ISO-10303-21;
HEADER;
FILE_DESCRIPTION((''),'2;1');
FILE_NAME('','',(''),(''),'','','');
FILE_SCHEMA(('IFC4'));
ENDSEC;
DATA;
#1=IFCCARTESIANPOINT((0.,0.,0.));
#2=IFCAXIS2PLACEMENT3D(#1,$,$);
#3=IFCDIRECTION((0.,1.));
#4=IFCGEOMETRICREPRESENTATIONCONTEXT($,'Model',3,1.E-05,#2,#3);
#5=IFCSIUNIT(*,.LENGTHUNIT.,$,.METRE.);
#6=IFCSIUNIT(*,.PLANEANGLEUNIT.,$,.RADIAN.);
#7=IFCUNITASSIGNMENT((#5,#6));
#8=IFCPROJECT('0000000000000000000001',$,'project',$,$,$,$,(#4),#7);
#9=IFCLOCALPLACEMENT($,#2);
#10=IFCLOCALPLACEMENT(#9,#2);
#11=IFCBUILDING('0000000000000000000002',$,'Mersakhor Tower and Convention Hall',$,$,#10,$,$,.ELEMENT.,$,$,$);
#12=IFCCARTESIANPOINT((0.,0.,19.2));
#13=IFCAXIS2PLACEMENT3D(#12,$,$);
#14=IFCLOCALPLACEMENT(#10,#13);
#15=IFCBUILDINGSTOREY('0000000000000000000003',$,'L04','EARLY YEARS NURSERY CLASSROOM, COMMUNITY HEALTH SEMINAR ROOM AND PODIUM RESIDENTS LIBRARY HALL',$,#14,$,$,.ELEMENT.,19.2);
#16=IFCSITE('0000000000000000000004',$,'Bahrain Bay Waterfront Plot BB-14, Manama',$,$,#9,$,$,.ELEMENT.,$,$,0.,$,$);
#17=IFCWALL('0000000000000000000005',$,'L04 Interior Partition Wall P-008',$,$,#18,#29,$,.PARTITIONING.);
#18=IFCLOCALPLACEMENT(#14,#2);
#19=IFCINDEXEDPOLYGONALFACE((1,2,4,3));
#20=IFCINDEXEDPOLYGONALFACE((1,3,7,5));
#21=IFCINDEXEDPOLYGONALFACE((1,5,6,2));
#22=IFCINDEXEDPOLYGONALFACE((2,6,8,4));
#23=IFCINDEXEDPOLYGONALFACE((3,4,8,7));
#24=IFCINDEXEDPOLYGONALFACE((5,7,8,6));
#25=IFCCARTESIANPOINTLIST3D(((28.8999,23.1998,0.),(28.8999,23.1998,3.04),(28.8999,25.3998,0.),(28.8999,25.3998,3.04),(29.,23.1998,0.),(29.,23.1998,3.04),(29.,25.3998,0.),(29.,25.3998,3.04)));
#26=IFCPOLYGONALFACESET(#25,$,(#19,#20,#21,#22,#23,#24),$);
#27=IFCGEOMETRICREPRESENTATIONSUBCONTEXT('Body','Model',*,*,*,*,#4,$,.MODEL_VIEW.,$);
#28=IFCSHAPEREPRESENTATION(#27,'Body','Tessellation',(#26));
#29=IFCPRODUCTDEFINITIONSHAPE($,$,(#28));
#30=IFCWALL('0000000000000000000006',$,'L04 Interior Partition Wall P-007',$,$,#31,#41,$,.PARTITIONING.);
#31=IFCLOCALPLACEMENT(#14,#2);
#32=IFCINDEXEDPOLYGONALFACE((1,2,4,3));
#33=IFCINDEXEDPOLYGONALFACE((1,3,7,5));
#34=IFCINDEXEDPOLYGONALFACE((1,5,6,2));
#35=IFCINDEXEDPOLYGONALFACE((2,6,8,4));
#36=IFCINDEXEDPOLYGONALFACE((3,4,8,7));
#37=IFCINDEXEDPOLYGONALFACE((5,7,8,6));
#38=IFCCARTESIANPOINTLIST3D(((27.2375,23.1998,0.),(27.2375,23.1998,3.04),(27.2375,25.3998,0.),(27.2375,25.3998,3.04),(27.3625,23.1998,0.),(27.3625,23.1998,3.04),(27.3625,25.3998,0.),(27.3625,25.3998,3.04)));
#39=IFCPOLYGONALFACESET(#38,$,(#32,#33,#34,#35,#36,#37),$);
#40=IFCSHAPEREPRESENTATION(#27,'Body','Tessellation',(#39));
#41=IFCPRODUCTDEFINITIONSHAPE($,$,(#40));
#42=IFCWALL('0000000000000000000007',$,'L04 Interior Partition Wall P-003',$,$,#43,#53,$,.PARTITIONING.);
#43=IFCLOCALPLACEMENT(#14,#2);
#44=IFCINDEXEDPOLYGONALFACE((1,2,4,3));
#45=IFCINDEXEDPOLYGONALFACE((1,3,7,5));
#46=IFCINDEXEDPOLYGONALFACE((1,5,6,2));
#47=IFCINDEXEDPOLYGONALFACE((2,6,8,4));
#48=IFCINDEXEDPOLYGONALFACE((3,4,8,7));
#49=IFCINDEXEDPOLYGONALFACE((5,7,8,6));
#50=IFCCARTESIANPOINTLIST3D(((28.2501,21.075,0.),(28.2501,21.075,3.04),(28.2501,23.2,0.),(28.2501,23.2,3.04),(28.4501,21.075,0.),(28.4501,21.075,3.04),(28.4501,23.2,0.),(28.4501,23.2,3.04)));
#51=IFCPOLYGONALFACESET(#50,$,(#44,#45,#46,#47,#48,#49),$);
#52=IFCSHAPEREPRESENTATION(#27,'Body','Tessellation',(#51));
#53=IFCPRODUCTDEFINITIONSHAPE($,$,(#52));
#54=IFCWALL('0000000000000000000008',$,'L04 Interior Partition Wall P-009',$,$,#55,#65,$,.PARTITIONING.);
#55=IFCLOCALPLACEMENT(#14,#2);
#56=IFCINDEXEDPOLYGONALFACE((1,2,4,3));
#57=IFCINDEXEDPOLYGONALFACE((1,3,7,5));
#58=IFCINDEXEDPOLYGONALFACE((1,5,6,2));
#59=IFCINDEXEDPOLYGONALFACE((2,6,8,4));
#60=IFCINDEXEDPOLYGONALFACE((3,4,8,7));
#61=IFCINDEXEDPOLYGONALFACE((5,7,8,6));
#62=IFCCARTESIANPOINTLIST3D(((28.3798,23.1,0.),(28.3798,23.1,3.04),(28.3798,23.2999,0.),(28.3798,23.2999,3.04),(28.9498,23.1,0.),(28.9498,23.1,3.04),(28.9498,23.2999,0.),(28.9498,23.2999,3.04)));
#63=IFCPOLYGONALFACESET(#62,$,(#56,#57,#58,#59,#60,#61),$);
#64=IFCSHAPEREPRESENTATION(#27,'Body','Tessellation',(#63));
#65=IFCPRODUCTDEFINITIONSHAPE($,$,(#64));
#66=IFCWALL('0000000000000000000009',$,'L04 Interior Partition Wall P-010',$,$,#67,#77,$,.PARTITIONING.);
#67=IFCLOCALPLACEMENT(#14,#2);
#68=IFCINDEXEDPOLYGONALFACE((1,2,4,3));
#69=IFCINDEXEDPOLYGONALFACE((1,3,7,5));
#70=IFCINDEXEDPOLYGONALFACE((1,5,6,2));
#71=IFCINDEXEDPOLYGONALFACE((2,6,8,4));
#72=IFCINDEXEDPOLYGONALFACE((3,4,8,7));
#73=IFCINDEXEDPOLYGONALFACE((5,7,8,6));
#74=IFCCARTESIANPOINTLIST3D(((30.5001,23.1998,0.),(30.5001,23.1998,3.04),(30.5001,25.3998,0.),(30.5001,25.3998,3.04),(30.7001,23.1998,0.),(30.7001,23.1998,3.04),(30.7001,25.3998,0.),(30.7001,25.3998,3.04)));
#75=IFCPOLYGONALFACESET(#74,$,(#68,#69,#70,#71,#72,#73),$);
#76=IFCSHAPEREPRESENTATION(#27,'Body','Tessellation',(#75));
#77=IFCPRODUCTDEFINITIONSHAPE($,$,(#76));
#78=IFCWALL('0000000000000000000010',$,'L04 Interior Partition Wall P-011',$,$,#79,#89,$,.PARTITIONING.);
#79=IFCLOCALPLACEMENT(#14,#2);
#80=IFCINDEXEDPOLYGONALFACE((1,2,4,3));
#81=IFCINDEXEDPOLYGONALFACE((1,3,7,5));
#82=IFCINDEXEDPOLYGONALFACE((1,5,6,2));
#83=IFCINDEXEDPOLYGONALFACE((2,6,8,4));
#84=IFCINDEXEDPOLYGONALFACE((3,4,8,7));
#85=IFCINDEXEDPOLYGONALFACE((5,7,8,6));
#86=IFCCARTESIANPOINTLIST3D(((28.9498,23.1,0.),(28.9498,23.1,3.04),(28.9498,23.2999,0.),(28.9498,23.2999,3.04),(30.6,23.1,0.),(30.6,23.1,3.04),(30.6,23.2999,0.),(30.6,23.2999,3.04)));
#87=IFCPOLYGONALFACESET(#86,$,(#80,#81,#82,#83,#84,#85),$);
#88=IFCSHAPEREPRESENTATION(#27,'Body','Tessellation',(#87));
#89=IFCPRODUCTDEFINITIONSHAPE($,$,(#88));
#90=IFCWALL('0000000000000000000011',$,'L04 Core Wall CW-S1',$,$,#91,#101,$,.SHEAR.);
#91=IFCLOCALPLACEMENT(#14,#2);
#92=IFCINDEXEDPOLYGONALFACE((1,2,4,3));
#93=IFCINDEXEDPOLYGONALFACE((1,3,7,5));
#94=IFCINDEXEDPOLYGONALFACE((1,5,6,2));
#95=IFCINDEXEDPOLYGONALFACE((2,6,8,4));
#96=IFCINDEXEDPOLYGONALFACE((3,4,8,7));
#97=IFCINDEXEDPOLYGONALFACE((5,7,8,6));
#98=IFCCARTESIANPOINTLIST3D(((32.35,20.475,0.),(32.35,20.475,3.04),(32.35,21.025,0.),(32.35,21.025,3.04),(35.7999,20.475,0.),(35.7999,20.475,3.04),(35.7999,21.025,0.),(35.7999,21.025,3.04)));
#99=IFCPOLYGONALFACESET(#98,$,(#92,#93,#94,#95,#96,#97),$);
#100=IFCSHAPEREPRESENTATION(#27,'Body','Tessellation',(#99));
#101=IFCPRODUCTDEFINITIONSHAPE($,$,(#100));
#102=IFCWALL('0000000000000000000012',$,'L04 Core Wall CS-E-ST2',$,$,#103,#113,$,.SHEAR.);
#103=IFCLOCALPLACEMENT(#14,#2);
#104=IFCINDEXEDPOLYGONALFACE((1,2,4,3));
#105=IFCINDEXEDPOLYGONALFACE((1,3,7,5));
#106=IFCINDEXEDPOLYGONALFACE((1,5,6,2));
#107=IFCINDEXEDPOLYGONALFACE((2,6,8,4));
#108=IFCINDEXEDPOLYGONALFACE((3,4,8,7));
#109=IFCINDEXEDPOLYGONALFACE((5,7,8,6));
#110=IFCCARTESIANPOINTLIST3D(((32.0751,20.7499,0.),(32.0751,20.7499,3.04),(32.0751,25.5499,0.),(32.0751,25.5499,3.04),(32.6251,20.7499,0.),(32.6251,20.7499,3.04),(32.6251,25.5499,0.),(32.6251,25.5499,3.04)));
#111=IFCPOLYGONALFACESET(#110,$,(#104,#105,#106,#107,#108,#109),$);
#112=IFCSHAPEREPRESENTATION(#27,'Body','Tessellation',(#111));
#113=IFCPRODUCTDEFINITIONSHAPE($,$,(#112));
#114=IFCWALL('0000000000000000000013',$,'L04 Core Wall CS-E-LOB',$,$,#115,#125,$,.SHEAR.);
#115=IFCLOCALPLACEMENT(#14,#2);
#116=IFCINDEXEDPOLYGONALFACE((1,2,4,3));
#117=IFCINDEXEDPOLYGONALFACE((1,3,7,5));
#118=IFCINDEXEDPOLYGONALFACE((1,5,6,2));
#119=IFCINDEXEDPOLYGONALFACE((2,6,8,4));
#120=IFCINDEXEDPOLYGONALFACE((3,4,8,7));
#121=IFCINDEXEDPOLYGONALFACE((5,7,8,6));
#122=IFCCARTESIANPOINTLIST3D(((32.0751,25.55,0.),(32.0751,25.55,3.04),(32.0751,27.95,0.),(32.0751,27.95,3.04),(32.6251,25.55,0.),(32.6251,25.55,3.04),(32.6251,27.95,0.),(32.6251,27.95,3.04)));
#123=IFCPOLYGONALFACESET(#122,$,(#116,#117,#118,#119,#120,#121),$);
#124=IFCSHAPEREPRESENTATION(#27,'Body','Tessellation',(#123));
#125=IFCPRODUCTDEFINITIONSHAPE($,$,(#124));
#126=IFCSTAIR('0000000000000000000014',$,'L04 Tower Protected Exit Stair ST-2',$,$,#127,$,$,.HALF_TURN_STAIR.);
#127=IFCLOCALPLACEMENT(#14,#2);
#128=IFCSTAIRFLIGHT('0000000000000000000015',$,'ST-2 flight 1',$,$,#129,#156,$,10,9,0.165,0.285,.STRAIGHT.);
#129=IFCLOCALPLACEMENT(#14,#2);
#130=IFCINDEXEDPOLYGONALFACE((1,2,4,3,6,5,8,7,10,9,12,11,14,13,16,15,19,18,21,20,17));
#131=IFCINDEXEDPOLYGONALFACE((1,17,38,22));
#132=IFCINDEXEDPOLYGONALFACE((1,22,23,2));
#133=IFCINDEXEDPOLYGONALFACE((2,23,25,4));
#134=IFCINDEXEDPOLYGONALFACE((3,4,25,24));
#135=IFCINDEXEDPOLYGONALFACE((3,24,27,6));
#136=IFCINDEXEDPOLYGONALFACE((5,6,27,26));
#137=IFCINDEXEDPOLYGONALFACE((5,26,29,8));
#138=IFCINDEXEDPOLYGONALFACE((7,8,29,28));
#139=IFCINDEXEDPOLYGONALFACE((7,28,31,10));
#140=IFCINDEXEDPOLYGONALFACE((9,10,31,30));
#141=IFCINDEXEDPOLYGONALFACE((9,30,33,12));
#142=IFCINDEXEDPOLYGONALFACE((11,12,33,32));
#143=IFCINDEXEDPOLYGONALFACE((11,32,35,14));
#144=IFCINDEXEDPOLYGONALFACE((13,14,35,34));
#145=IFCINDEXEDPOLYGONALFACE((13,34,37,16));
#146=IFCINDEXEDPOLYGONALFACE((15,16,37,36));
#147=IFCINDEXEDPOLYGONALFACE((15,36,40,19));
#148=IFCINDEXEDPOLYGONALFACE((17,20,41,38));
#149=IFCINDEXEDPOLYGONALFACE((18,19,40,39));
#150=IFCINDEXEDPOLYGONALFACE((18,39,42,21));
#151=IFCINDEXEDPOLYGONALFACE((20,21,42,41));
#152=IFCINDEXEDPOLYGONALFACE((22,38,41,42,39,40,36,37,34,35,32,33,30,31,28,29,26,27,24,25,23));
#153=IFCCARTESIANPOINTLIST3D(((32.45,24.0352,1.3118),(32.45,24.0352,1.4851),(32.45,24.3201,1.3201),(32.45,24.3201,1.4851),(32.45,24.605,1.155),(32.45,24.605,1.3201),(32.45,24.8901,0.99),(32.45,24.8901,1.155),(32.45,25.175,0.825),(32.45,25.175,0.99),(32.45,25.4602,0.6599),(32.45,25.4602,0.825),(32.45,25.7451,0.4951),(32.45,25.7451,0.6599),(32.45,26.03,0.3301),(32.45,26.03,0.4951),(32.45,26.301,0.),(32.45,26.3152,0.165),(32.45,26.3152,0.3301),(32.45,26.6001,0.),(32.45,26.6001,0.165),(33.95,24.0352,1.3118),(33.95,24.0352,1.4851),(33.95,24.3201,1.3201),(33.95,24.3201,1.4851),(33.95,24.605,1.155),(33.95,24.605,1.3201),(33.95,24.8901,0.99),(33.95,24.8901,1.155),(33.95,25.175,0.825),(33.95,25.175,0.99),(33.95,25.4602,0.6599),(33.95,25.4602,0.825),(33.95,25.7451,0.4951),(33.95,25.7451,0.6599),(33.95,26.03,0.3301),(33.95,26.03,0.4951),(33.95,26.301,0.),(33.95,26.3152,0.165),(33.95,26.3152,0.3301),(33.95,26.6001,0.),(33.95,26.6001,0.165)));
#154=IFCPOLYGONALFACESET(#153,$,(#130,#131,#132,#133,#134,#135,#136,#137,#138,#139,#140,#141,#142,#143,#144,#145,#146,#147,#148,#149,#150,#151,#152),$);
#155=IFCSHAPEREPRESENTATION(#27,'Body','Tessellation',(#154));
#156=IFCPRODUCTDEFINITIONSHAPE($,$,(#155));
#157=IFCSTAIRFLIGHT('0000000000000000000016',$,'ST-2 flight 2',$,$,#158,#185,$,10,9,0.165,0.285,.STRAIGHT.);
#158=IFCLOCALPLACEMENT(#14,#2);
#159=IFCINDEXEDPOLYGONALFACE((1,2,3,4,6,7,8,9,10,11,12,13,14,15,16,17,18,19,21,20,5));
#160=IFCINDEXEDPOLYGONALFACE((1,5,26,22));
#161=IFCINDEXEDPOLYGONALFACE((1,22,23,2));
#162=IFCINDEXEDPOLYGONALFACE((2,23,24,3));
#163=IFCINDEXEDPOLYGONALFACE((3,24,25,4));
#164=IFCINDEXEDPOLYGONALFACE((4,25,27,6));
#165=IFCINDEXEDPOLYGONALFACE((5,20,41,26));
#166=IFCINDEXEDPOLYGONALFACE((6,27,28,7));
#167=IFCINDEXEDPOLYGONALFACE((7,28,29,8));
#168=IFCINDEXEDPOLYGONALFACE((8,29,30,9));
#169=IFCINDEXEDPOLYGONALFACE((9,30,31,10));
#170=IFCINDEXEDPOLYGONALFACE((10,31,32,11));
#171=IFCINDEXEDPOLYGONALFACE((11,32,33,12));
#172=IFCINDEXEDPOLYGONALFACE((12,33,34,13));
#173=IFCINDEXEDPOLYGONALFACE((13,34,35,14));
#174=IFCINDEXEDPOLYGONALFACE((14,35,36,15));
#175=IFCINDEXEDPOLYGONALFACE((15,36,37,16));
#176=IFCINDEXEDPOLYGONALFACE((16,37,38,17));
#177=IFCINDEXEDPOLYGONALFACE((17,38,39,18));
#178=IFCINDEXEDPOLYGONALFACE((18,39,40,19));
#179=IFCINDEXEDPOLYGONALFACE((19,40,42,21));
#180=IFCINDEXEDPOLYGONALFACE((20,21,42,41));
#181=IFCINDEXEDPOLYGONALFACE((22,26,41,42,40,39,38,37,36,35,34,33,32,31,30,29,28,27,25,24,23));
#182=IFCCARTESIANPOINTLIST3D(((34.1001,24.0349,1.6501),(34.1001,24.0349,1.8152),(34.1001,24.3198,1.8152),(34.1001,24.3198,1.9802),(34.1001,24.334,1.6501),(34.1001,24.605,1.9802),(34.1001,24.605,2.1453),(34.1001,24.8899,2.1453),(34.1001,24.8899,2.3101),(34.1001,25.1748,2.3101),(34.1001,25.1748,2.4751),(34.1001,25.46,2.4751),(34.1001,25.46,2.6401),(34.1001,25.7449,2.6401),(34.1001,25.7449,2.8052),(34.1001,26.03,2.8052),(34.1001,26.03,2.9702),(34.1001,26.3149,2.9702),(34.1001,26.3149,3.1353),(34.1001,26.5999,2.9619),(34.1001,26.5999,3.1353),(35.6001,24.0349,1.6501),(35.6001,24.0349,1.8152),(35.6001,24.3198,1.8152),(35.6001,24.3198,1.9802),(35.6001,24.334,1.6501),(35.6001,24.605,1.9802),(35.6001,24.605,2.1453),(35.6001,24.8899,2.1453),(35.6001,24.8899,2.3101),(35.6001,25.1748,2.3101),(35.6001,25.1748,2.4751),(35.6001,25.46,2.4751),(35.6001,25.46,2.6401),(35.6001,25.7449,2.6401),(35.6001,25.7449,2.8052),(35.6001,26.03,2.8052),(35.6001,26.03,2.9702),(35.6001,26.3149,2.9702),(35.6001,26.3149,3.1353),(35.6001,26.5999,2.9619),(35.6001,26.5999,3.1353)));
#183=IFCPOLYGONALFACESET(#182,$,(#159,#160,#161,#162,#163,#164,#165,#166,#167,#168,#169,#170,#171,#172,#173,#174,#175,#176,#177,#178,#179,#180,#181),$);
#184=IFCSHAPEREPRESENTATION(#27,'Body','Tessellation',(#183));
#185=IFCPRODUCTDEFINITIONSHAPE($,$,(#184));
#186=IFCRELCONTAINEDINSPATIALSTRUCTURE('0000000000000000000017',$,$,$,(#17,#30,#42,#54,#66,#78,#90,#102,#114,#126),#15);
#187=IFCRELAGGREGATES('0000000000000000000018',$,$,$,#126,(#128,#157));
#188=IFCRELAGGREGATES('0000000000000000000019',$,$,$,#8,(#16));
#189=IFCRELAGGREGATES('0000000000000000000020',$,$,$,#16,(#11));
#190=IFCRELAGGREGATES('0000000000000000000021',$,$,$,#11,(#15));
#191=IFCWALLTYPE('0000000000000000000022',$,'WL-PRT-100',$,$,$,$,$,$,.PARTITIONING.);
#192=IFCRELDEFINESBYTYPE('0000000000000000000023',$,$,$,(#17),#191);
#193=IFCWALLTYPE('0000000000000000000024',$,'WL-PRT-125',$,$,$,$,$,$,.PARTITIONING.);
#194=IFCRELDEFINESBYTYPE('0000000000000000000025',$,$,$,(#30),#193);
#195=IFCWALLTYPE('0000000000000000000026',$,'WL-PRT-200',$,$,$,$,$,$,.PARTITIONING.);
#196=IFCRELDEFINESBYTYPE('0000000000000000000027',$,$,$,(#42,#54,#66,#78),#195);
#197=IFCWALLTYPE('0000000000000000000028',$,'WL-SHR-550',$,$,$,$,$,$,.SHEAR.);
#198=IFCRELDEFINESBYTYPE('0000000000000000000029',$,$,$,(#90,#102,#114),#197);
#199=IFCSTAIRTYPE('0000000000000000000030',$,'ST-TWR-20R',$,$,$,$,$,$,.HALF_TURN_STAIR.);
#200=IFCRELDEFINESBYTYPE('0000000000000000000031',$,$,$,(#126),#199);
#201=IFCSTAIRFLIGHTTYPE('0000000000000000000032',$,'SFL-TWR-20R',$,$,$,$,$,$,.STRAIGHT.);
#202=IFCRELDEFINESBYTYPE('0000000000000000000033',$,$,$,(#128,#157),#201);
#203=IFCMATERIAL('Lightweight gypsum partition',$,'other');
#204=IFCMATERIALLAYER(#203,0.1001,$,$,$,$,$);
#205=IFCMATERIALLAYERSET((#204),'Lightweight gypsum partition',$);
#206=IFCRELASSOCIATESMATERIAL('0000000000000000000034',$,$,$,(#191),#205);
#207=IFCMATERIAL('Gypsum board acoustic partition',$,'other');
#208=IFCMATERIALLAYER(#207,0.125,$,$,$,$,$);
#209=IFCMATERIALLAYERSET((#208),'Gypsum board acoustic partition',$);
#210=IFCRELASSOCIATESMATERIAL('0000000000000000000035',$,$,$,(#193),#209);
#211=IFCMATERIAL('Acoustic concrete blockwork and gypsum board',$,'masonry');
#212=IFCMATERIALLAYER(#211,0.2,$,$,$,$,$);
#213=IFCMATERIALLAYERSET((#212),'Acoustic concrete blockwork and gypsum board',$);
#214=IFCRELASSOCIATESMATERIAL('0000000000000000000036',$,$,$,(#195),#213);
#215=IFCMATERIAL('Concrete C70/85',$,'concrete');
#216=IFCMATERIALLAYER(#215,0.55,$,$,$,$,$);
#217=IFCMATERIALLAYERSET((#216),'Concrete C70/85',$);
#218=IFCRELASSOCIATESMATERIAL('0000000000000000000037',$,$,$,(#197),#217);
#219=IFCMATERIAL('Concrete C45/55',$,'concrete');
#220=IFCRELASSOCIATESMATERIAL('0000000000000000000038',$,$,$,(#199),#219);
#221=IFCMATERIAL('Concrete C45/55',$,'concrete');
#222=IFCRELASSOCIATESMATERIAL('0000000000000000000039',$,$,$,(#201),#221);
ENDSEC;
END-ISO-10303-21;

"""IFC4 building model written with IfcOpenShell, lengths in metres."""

from ifc_helpers import new_model, si_unit, direction, frame, frame_2d, origin, place, context, subcontext, project, spatial, polyline, rectangle, outline, extrude, material, layer, layer_set, type_object, element, aggregate, save


model = new_model("IFC4")

# Units and contexts
model_context = context("Model", 3, precision=1e-05, world=origin(), true_north=direction((0.0, 1.0)))
body_context = subcontext(model_context, "Body", "Model", "MODEL_VIEW")
ifc_project = project(units=[si_unit("LENGTHUNIT", "METRE"), si_unit("PLANEANGLEUNIT", "RADIAN")], contexts=[model_context])

# Site, building, storey
site_placement = place(None, origin())
site = spatial("IfcSite", under=ifc_project, at=site_placement, Name="Bahrain Bay Waterfront Plot BB-14, Manama", CompositionType="ELEMENT", RefElevation=0.0)
building_placement = place(site_placement, origin())
building = spatial("IfcBuilding", under=site, at=building_placement, Name="Mersakhor Tower and Convention Hall", CompositionType="ELEMENT")
storey_placement = place(building_placement, frame((0.0, 0.0, 19.2)))
storey = spatial("IfcBuildingStorey", under=building, at=storey_placement, Name="L04", Description="EARLY YEARS NURSERY CLASSROOM, COMMUNITY HEALTH SEMINAR ROOM AND PODIUM RESIDENTS LIBRARY HALL", CompositionType="ELEMENT", Elevation=19.2)

# Walls
ifc_material_1 = material(Name="Lightweight gypsum partition", Category="other")
ifc_layer_1 = layer(ifc_material_1, 0.1001)
ifc_layer_set_1 = layer_set([ifc_layer_1], Name="Lightweight gypsum partition")
wall_type_1 = type_object("IfcWallType", Name="WL-PRT-100", PredefinedType="PARTITIONING", material=ifc_layer_set_1)
wall_1_placement = place(storey_placement, frame((28.95, 25.3999, 0.0), z_axis=(0.0, 0.0, 1.0), x_axis=(0.0, -1.0, 0.0)))
element("IfcWall", 1, at=wall_1_placement, inside=storey, type_object=wall_type_1, Name="L04 Interior Partition Wall P-008", PredefinedType="PARTITIONING", context=body_context, shape_type="SweptSolid", body=[
    extrude(rectangle(XDim=2.2, YDim=0.1001, at=frame_2d((1.1001, 0.0))), origin(), (0.0, 0.0, 1.0), 3.04),
])
ifc_material_2 = material(Name="Gypsum board acoustic partition", Category="other")
ifc_layer_2 = layer(ifc_material_2, 0.125)
ifc_layer_set_2 = layer_set([ifc_layer_2], Name="Gypsum board acoustic partition")
wall_type_2 = type_object("IfcWallType", Name="WL-PRT-125", PredefinedType="PARTITIONING", material=ifc_layer_set_2)
wall_2_placement = place(storey_placement, frame((27.3, 25.3999, 0.0), z_axis=(0.0, 0.0, 1.0), x_axis=(0.0, -1.0, 0.0)))
element("IfcWall", 2, at=wall_2_placement, inside=storey, type_object=wall_type_2, Name="L04 Interior Partition Wall P-007", PredefinedType="PARTITIONING", context=body_context, shape_type="SweptSolid", body=[
    extrude(rectangle(XDim=2.2, YDim=0.125, at=frame_2d((1.1001, 0.0))), origin(), (0.0, 0.0, 1.0), 3.04),
])

# Shared definitions
ifc_material_3 = material(Name="Acoustic concrete blockwork and gypsum board", Category="masonry")
ifc_layer_3 = layer(ifc_material_3, 0.2)
ifc_layer_set_3 = layer_set([ifc_layer_3], Name="Acoustic concrete blockwork and gypsum board")
wall_type_3 = type_object("IfcWallType", Name="WL-PRT-200", PredefinedType="PARTITIONING", material=ifc_layer_set_3)

# Walls
wall_3_placement = place(storey_placement, frame((28.3501, 23.2, 0.0), z_axis=(0.0, 0.0, 1.0), x_axis=(0.0, -1.0, 0.0)))
element("IfcWall", 3, at=wall_3_placement, inside=storey, type_object=wall_type_3, Name="L04 Interior Partition Wall P-003", PredefinedType="PARTITIONING", context=body_context, shape_type="SweptSolid", body=[
    extrude(rectangle(XDim=2.125, YDim=0.2, at=frame_2d((1.0625, 0.0))), origin(), (0.0, 0.0, 1.0), 3.04),
])
wall_4_placement = place(storey_placement, frame((28.95, 23.2, 0.0), z_axis=(0.0, 0.0, 1.0), x_axis=(-1.0, 0.0, 0.0)))
element("IfcWall", 4, at=wall_4_placement, inside=storey, type_object=wall_type_3, Name="L04 Interior Partition Wall P-009", PredefinedType="PARTITIONING", context=body_context, shape_type="SweptSolid", body=[
    extrude(rectangle(XDim=0.5701, YDim=0.2, at=frame_2d((0.2852, 0.0))), origin(), (0.0, 0.0, 1.0), 3.04),
])
wall_5_placement = place(storey_placement, frame((30.6001, 25.3999, 0.0), z_axis=(0.0, 0.0, 1.0), x_axis=(0.0, -1.0, 0.0)))
element("IfcWall", 5, at=wall_5_placement, inside=storey, type_object=wall_type_3, Name="L04 Interior Partition Wall P-010", PredefinedType="PARTITIONING", context=body_context, shape_type="SweptSolid", body=[
    extrude(rectangle(XDim=2.2, YDim=0.2, at=frame_2d((1.1001, 0.0))), origin(), (0.0, 0.0, 1.0), 3.04),
])
wall_6_placement = place(storey_placement, frame((30.6001, 23.2, 0.0), z_axis=(0.0, 0.0, 1.0), x_axis=(-1.0, 0.0, 0.0)))
element("IfcWall", 6, at=wall_6_placement, inside=storey, type_object=wall_type_3, Name="L04 Interior Partition Wall P-011", PredefinedType="PARTITIONING", context=body_context, shape_type="SweptSolid", body=[
    extrude(rectangle(XDim=1.6501, YDim=0.2, at=frame_2d((0.8252, 0.0))), origin(), (0.0, 0.0, 1.0), 3.04),
])
ifc_material_4 = material(Name="Concrete C70/85", Category="concrete")
ifc_layer_4 = layer(ifc_material_4, 0.55)
ifc_layer_set_4 = layer_set([ifc_layer_4], Name="Concrete C70/85")
wall_type_4 = type_object("IfcWallType", Name="WL-SHR-550", PredefinedType="SHEAR", material=ifc_layer_set_4)
wall_7_placement = place(storey_placement, frame((35.8, 20.75, 0.0), z_axis=(0.0, 0.0, 1.0), x_axis=(-1.0, 0.0, 0.0)))
element("IfcWall", 7, at=wall_7_placement, inside=storey, type_object=wall_type_4, Name="L04 Core Wall CW-S1", PredefinedType="SHEAR", context=body_context, shape_type="SweptSolid", body=[
    extrude(rectangle(XDim=3.45, YDim=0.55, at=frame_2d((1.7251, 0.0))), origin(), (0.0, 0.0, 1.0), 3.04),
])

# Walls
wall_8_placement = place(storey_placement, frame((32.3501, 20.75, 0.0), z_axis=(0.0, 0.0, 1.0), x_axis=(0.0, 1.0, 0.0)))
element("IfcWall", 8, at=wall_8_placement, inside=storey, type_object=wall_type_4, Name="L04 Core Wall CS-E-ST2", PredefinedType="SHEAR", context=body_context, shape_type="SweptSolid", body=[
    extrude(rectangle(XDim=4.8, YDim=0.55, at=frame_2d((2.3999, 0.0))), origin(), (0.0, 0.0, 1.0), 3.04),
])
wall_9_placement = place(storey_placement, frame((32.3501, 25.55, 0.0), z_axis=(0.0, 0.0, 1.0), x_axis=(0.0, 1.0, 0.0)))
element("IfcWall", 9, at=wall_9_placement, inside=storey, type_object=wall_type_4, Name="L04 Core Wall CS-E-LOB", PredefinedType="SHEAR", context=body_context, shape_type="SweptSolid", body=[
    extrude(rectangle(XDim=2.3999, YDim=0.55, at=frame_2d((1.2, 0.0))), origin(), (0.0, 0.0, 1.0), 3.04),
])

# Stair, stair flights
ifc_material_5 = material(Name="Concrete C45/55", Category="concrete")
stair_type = type_object("IfcStairType", Name="ST-TWR-20R", PredefinedType="HALF_TURN_STAIR", material=ifc_material_5)
stair_placement = place(storey_placement, origin())
stair = element("IfcStair", 10, at=stair_placement, inside=storey, type_object=stair_type, Name="L04 Tower Protected Exit Stair ST-2", PredefinedType="HALF_TURN_STAIR")
ifc_material_6 = material(Name="Concrete C45/55", Category="concrete")
stair_flight_type = type_object("IfcStairFlightType", Name="SFL-TWR-20R", PredefinedType="STRAIGHT", material=ifc_material_6)
stair_flight_1_placement = place(storey_placement, frame((33.2, 26.6001, 0.0), z_axis=(0.0, 0.0, 1.0), x_axis=(0.0, -1.0, 0.0)))
stair_flight_1 = element("IfcStairFlight", 11, at=stair_flight_1_placement, type_object=stair_flight_type, Name="ST-2 flight 1", NumberOfRisers=10, NumberOfTreads=9, PredefinedType="STRAIGHT", RiserHeight=0.165, TreadLength=0.285, context=body_context, shape_type="SweptSolid", body=[
    extrude(outline(polyline([(0.0, 0.0), (0.0, 0.165), (0.2849, 0.165), (0.2849, 0.3301), (0.5701, 0.3301), (0.5701, 0.4951), (0.855, 0.4951), (0.855, 0.6599), (1.1399, 0.6599), (1.1399, 0.825), (1.425, 0.825), (1.425, 0.99), (1.71, 0.99), (1.71, 1.155), (1.9951, 1.155), (1.9951, 1.3201), (2.28, 1.3201), (2.28, 1.4851), (2.5649, 1.4851), (2.5649, 1.6499), (2.5649, 1.3118), (0.2991, 0.0), (0.0, 0.0)])), frame((0.0, 0.75, 0.0), z_axis=(0.0, -1.0, 0.0), x_axis=(1.0, 0.0, 0.0)), (0.0, 0.0, 1.0), 1.5),
])
stair_flight_2_placement = place(storey_placement, frame((34.8501, 24.0349, 1.6501), z_axis=(0.0, 0.0, 1.0), x_axis=(0.0, 1.0, 0.0)))
stair_flight_2 = element("IfcStairFlight", 12, at=stair_flight_2_placement, type_object=stair_flight_type, Name="ST-2 flight 2", NumberOfRisers=10, NumberOfTreads=9, PredefinedType="STRAIGHT", RiserHeight=0.165, TreadLength=0.285, context=body_context, shape_type="SweptSolid", body=[
    extrude(outline(polyline([(0.0, 0.0), (0.0, 0.165), (0.2849, 0.165), (0.2849, 0.3301), (0.5701, 0.3301), (0.5701, 0.4951), (0.855, 0.4951), (0.855, 0.6599), (1.1399, 0.6599), (1.1399, 0.825), (1.425, 0.825), (1.425, 0.99), (1.71, 0.99), (1.71, 1.155), (1.9951, 1.155), (1.9951, 1.3201), (2.28, 1.3201), (2.28, 1.4851), (2.5649, 1.4851), (2.5649, 1.6499), (2.5649, 1.3118), (0.2991, 0.0), (0.0, 0.0)])), frame((0.0, 0.75, 0.0), z_axis=(0.0, -1.0, 0.0), x_axis=(1.0, 0.0, 0.0)), (0.0, 0.0, 1.0), 1.5),
])
aggregate(stair, [stair_flight_1, stair_flight_2])

save(model, "model.ifc")
